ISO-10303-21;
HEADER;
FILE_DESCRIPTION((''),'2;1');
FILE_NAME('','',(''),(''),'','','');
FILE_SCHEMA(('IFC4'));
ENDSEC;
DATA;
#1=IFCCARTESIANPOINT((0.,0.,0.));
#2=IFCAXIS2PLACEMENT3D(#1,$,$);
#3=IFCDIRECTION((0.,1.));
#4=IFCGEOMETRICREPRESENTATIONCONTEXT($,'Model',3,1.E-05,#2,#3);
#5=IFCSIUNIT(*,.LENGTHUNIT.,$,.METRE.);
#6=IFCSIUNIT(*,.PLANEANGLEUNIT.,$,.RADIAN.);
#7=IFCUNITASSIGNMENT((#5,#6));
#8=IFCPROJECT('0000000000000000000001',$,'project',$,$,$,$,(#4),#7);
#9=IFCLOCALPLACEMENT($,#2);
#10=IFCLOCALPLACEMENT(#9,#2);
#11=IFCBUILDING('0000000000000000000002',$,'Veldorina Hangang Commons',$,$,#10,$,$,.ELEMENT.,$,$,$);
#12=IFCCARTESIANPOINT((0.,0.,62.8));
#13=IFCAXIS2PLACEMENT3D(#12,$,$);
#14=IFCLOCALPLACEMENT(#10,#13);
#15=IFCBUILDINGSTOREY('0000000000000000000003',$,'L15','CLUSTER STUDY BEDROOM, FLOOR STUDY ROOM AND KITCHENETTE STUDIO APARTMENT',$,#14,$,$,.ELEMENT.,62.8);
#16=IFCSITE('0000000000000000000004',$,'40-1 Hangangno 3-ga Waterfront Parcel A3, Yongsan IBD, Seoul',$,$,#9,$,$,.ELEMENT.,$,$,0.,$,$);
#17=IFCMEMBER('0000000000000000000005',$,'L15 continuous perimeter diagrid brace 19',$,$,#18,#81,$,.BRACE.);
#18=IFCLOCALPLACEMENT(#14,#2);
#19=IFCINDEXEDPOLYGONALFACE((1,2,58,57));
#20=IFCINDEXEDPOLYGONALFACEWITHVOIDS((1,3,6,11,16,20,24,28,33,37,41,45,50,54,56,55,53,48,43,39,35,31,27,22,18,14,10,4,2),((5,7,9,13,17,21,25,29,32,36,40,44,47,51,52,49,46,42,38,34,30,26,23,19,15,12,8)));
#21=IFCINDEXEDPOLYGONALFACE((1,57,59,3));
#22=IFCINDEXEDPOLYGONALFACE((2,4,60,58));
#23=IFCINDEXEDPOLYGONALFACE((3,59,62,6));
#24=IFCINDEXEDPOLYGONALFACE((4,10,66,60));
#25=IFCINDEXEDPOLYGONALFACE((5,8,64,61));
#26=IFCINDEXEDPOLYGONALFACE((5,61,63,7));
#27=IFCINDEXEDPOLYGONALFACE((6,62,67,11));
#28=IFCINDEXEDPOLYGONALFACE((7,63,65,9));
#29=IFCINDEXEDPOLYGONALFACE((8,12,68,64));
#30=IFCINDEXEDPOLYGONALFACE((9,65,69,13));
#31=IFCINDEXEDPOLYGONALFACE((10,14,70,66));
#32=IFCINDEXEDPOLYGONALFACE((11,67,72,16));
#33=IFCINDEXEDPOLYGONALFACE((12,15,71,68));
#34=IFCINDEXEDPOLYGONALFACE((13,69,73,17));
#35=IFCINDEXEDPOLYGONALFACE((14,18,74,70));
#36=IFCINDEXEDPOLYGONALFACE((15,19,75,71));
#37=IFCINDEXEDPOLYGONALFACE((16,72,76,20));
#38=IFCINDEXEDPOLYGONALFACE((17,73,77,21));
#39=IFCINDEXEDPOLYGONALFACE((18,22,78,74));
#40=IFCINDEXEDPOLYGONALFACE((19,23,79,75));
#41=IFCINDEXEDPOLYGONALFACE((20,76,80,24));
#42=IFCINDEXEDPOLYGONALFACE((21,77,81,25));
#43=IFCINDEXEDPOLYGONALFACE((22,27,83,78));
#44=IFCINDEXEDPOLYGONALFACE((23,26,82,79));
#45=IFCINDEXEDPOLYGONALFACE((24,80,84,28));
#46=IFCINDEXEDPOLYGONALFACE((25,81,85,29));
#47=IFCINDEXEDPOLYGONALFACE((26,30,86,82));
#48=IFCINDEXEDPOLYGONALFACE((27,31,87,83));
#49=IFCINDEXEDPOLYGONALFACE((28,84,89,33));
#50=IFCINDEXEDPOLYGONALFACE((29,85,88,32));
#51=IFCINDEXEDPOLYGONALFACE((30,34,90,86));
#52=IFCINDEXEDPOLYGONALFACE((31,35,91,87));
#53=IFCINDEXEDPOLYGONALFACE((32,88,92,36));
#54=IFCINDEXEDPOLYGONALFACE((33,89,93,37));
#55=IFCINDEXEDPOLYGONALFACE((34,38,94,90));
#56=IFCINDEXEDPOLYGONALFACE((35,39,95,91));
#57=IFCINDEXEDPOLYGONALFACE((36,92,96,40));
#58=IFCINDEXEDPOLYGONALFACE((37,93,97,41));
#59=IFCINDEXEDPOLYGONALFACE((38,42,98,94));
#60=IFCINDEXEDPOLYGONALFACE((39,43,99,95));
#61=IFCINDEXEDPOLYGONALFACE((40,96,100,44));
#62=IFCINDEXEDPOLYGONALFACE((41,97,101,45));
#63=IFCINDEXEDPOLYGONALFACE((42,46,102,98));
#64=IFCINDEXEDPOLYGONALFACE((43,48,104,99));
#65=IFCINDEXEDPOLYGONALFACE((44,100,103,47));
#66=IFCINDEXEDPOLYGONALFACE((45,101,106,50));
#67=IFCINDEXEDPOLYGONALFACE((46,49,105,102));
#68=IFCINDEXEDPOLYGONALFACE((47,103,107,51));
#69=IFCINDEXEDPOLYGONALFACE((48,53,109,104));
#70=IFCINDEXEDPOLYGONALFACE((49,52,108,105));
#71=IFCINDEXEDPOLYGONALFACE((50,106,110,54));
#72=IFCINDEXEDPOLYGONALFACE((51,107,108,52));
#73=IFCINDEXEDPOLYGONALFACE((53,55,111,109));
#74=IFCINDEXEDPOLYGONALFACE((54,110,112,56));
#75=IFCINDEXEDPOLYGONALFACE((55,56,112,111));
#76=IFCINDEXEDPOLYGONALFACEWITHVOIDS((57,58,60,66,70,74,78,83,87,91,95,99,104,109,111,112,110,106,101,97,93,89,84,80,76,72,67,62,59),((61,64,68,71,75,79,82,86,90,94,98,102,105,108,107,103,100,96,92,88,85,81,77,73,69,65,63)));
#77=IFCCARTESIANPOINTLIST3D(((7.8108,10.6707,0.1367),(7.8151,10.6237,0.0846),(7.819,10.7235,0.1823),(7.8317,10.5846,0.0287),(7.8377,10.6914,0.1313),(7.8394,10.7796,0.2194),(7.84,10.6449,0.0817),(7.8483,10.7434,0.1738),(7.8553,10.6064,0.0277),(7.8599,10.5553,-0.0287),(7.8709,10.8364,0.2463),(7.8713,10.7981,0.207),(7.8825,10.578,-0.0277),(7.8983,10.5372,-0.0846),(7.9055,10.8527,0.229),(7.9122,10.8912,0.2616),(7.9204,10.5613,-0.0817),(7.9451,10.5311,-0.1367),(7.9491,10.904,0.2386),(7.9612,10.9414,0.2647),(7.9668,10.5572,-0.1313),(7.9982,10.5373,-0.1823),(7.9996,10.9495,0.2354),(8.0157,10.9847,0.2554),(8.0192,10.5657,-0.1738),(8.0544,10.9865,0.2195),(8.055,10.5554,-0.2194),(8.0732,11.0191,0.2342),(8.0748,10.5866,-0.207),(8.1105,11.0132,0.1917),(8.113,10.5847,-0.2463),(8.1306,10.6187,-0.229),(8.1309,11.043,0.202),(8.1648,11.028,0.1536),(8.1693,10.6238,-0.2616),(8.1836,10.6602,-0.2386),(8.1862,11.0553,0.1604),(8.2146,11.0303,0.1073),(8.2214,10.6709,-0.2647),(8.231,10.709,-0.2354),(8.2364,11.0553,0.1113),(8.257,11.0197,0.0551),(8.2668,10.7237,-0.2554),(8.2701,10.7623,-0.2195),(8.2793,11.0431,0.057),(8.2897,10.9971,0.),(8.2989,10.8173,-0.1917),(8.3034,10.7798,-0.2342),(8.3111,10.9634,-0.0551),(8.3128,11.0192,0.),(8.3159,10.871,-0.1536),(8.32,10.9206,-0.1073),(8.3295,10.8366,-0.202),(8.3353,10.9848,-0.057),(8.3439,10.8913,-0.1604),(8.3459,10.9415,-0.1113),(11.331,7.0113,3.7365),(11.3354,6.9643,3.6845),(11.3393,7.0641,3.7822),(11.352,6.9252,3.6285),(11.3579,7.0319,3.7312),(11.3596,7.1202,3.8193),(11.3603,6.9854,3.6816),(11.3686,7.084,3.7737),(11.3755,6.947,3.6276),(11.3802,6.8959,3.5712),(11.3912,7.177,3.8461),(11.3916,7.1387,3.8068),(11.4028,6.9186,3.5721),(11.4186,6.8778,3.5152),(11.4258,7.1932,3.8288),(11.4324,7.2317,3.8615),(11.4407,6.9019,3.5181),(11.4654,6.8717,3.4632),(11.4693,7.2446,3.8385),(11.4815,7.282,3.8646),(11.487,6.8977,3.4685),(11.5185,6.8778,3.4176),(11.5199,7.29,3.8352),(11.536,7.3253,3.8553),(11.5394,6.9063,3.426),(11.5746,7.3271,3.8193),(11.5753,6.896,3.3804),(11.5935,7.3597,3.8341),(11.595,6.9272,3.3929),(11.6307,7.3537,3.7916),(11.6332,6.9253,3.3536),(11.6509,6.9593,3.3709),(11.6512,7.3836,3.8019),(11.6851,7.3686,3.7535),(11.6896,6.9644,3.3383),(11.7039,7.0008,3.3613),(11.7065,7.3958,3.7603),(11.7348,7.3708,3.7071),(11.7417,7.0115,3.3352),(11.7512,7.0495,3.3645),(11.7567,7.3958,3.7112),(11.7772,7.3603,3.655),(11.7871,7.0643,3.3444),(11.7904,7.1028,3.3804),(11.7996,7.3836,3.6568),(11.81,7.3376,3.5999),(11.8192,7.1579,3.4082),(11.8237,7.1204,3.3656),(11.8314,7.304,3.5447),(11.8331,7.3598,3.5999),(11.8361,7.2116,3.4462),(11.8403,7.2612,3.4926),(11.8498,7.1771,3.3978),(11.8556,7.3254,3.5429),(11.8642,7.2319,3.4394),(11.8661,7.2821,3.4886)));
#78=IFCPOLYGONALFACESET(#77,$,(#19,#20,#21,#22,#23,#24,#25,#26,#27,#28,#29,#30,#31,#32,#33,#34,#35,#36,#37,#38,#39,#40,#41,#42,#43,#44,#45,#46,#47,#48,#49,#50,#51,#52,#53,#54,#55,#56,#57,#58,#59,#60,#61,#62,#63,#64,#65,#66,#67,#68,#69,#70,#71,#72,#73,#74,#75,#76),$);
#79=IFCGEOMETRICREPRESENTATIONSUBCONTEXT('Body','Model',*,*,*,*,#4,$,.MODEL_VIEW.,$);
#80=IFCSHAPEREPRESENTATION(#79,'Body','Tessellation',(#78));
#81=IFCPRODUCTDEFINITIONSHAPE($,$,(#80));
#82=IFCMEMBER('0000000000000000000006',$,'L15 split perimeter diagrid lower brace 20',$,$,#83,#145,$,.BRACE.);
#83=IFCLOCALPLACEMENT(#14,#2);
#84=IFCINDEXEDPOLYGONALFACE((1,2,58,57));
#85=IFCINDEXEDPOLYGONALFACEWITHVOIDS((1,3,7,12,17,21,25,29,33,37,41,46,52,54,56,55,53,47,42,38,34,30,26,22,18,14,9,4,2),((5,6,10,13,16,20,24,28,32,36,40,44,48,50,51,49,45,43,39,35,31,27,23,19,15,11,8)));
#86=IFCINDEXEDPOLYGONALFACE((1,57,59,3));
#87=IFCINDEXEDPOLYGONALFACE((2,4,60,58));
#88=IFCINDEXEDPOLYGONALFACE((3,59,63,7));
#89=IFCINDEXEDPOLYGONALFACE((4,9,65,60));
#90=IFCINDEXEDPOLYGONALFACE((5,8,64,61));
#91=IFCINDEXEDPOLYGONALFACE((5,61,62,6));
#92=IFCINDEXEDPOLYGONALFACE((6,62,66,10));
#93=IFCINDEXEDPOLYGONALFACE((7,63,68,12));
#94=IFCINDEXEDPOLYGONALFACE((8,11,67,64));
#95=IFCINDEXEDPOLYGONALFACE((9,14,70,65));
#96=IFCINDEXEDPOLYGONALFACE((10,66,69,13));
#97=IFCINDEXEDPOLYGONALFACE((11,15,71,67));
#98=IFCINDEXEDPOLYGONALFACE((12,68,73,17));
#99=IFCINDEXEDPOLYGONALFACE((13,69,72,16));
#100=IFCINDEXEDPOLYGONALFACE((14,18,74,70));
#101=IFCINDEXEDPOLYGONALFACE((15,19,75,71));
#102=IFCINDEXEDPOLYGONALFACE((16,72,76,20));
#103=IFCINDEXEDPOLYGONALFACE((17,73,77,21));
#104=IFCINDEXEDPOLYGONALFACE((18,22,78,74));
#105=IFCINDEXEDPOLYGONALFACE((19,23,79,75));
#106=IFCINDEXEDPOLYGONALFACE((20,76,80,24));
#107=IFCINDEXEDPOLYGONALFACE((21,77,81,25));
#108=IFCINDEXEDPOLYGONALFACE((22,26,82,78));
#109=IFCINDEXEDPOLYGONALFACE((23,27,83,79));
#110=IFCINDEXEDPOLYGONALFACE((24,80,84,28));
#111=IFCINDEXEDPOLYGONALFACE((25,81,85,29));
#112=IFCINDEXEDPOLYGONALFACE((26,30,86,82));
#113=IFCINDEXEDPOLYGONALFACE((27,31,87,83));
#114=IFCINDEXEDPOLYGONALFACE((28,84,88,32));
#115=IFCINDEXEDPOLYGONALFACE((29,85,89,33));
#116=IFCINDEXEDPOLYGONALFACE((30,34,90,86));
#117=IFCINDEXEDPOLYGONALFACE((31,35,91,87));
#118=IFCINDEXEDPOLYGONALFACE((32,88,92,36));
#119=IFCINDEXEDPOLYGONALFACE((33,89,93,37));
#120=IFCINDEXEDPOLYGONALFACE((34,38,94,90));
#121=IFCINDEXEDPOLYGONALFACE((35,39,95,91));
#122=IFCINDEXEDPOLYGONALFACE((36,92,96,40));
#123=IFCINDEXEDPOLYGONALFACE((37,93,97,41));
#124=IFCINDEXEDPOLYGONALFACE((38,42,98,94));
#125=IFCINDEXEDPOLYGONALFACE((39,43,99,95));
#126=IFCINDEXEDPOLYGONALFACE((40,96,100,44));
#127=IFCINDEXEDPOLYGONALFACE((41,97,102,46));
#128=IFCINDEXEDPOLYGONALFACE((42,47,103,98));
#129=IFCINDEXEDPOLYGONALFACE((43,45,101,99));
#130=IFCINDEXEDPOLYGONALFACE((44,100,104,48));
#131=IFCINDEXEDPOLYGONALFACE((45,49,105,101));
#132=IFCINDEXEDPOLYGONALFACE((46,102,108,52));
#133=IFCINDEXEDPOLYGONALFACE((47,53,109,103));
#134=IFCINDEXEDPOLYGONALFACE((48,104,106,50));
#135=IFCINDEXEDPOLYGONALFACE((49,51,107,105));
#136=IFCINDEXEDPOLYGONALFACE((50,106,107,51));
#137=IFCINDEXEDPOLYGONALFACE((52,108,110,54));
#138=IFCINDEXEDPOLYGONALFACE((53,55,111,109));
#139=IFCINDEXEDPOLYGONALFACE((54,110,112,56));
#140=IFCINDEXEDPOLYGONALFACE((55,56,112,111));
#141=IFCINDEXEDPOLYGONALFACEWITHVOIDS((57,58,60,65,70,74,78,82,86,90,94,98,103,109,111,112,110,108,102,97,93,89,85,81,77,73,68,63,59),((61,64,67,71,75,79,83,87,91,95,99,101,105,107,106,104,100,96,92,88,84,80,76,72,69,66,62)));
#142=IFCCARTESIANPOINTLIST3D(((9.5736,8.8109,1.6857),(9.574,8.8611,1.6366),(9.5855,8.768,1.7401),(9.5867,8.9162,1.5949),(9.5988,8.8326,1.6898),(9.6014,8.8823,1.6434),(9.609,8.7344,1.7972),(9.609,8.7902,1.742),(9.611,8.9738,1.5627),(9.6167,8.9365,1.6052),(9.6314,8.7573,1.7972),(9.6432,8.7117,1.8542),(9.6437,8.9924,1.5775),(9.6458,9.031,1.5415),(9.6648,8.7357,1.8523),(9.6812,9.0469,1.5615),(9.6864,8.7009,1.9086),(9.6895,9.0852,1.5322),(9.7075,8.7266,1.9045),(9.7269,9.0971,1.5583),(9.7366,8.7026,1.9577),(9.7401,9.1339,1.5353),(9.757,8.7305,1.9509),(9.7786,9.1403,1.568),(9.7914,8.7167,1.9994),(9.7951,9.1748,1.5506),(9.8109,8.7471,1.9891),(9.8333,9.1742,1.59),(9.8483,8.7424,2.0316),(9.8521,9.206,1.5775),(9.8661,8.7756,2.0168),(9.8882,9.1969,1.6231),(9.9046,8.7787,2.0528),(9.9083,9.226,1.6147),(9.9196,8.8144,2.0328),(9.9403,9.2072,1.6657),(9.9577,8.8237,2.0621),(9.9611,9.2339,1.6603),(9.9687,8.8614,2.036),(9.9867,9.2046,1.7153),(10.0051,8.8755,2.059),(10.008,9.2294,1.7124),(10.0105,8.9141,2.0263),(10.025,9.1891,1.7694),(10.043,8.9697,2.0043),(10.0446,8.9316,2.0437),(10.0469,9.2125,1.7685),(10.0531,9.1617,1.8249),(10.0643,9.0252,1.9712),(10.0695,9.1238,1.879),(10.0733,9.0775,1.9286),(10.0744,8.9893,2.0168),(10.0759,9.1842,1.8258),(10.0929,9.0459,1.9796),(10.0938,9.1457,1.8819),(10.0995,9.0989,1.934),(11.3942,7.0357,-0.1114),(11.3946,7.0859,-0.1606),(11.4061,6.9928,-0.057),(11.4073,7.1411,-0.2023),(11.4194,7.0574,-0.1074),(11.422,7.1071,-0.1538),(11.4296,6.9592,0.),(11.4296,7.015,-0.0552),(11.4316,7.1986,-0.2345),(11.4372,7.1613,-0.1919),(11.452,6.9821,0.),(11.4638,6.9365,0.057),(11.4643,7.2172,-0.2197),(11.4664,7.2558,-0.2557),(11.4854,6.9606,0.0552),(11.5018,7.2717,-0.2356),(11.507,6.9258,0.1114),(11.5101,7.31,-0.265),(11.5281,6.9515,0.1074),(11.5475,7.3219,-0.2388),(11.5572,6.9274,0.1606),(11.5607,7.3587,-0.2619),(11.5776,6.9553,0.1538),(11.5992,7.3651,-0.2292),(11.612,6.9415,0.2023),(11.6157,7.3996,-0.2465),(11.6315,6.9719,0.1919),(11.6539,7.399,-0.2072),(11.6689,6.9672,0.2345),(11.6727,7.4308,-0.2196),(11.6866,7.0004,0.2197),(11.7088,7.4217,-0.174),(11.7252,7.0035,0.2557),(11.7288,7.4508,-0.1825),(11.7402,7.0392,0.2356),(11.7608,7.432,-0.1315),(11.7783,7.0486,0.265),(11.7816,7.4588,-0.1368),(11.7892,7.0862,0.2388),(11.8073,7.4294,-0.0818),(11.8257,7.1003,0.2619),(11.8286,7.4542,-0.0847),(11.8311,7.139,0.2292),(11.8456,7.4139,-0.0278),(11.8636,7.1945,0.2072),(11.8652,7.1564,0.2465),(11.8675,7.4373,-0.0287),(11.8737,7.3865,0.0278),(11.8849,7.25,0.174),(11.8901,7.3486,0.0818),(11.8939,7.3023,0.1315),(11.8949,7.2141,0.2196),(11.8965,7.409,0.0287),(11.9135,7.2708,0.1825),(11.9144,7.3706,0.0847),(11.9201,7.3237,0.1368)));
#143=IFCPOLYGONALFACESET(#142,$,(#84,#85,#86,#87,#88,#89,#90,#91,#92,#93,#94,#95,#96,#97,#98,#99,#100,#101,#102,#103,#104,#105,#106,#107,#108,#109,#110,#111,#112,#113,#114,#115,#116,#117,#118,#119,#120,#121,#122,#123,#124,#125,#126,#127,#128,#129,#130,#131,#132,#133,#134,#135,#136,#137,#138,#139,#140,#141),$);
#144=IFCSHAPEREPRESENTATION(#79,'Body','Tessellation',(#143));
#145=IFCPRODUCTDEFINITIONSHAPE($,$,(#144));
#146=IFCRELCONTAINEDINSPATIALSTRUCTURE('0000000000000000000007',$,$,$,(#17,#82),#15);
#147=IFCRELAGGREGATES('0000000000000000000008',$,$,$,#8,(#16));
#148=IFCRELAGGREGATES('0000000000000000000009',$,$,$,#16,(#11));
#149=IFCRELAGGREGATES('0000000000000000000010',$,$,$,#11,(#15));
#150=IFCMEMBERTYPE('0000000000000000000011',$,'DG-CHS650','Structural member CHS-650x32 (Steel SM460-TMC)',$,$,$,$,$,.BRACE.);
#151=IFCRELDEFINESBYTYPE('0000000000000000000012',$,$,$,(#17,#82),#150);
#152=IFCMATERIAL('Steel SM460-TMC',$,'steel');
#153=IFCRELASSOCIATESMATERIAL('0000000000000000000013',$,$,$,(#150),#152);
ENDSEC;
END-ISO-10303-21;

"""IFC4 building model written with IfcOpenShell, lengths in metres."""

from ifc_helpers import new_model, si_unit, direction, frame, origin, origin_2d, place, context, subcontext, project, spatial, hollow_circle, extrude, material, material_profile, profile_set, type_object, element, save


model = new_model("IFC4")

# Units and contexts
model_context = context("Model", 3, precision=1e-05, world=origin(), true_north=direction((0.0, 1.0)))
body_context = subcontext(model_context, "Body", "Model", "MODEL_VIEW")
ifc_project = project(units=[si_unit("LENGTHUNIT", "METRE"), si_unit("PLANEANGLEUNIT", "RADIAN")], contexts=[model_context])

# Site, building, storey
site_placement = place(None, origin())
site = spatial("IfcSite", under=ifc_project, at=site_placement, Name="40-1 Hangangno 3-ga Waterfront Parcel A3, Yongsan IBD, Seoul", CompositionType="ELEMENT", RefElevation=0.0)
building_placement = place(site_placement, origin())
building = spatial("IfcBuilding", under=site, at=building_placement, Name="Veldorina Hangang Commons", CompositionType="ELEMENT")
storey_placement = place(building_placement, frame((0.0, 0.0, 62.8)))
storey = spatial("IfcBuildingStorey", under=building, at=storey_placement, Name="L15", Description="CLUSTER STUDY BEDROOM, FLOOR STUDY ROOM AND KITCHENETTE STUDIO APARTMENT", CompositionType="ELEMENT", Elevation=62.8)

# Members
ifc_material_1 = material(Name="Steel SM460-TMC", Category="steel")
ifc_material_profile_1 = material_profile(ifc_material_1, hollow_circle(Radius=0.325, WallThickness=0.032, at=origin_2d()), Name="CHS-650x32")
ifc_profile_set_1 = profile_set([ifc_material_profile_1], Name="Steel SM460-TMC")
member_type = type_object("IfcMemberType", Name="DG-CHS650", Description="Structural member CHS-650x32 (Steel SM460-TMC)", PredefinedType="BRACE", material=ifc_profile_set_1)
member_1_placement = place(storey_placement, frame((8.0786, 10.7939, 0.0), z_axis=(0.565563, -0.58792, 0.57835), x_axis=(0.720677, 0.693271, 0.0)))
element("IfcMember", 1, at=member_1_placement, inside=storey, type_object=member_type, Name="L15 continuous perimeter diagrid brace 19", PredefinedType="BRACE", context=body_context, shape_type="SweptSolid", body=[
    extrude(hollow_circle(Radius=0.325, WallThickness=0.032, at=origin_2d()), origin(), (0.0, 0.0, 1.0), 6.2244),
])
member_2_placement = place(storey_placement, frame((11.6565, 7.1919, 0.0), z_axis=(-0.58469, 0.570106, 0.577163), x_axis=(-0.698121, -0.71598, 0.0)))
element("IfcMember", 2, at=member_2_placement, inside=storey, type_object=member_type, Name="L15 split perimeter diagrid lower brace 20", PredefinedType="BRACE", context=body_context, shape_type="SweptSolid", body=[
    extrude(hollow_circle(Radius=0.325, WallThickness=0.032, at=origin_2d()), origin(), (0.0, 0.0, 1.0), 3.1138),
])

save(model, "model.ifc")
